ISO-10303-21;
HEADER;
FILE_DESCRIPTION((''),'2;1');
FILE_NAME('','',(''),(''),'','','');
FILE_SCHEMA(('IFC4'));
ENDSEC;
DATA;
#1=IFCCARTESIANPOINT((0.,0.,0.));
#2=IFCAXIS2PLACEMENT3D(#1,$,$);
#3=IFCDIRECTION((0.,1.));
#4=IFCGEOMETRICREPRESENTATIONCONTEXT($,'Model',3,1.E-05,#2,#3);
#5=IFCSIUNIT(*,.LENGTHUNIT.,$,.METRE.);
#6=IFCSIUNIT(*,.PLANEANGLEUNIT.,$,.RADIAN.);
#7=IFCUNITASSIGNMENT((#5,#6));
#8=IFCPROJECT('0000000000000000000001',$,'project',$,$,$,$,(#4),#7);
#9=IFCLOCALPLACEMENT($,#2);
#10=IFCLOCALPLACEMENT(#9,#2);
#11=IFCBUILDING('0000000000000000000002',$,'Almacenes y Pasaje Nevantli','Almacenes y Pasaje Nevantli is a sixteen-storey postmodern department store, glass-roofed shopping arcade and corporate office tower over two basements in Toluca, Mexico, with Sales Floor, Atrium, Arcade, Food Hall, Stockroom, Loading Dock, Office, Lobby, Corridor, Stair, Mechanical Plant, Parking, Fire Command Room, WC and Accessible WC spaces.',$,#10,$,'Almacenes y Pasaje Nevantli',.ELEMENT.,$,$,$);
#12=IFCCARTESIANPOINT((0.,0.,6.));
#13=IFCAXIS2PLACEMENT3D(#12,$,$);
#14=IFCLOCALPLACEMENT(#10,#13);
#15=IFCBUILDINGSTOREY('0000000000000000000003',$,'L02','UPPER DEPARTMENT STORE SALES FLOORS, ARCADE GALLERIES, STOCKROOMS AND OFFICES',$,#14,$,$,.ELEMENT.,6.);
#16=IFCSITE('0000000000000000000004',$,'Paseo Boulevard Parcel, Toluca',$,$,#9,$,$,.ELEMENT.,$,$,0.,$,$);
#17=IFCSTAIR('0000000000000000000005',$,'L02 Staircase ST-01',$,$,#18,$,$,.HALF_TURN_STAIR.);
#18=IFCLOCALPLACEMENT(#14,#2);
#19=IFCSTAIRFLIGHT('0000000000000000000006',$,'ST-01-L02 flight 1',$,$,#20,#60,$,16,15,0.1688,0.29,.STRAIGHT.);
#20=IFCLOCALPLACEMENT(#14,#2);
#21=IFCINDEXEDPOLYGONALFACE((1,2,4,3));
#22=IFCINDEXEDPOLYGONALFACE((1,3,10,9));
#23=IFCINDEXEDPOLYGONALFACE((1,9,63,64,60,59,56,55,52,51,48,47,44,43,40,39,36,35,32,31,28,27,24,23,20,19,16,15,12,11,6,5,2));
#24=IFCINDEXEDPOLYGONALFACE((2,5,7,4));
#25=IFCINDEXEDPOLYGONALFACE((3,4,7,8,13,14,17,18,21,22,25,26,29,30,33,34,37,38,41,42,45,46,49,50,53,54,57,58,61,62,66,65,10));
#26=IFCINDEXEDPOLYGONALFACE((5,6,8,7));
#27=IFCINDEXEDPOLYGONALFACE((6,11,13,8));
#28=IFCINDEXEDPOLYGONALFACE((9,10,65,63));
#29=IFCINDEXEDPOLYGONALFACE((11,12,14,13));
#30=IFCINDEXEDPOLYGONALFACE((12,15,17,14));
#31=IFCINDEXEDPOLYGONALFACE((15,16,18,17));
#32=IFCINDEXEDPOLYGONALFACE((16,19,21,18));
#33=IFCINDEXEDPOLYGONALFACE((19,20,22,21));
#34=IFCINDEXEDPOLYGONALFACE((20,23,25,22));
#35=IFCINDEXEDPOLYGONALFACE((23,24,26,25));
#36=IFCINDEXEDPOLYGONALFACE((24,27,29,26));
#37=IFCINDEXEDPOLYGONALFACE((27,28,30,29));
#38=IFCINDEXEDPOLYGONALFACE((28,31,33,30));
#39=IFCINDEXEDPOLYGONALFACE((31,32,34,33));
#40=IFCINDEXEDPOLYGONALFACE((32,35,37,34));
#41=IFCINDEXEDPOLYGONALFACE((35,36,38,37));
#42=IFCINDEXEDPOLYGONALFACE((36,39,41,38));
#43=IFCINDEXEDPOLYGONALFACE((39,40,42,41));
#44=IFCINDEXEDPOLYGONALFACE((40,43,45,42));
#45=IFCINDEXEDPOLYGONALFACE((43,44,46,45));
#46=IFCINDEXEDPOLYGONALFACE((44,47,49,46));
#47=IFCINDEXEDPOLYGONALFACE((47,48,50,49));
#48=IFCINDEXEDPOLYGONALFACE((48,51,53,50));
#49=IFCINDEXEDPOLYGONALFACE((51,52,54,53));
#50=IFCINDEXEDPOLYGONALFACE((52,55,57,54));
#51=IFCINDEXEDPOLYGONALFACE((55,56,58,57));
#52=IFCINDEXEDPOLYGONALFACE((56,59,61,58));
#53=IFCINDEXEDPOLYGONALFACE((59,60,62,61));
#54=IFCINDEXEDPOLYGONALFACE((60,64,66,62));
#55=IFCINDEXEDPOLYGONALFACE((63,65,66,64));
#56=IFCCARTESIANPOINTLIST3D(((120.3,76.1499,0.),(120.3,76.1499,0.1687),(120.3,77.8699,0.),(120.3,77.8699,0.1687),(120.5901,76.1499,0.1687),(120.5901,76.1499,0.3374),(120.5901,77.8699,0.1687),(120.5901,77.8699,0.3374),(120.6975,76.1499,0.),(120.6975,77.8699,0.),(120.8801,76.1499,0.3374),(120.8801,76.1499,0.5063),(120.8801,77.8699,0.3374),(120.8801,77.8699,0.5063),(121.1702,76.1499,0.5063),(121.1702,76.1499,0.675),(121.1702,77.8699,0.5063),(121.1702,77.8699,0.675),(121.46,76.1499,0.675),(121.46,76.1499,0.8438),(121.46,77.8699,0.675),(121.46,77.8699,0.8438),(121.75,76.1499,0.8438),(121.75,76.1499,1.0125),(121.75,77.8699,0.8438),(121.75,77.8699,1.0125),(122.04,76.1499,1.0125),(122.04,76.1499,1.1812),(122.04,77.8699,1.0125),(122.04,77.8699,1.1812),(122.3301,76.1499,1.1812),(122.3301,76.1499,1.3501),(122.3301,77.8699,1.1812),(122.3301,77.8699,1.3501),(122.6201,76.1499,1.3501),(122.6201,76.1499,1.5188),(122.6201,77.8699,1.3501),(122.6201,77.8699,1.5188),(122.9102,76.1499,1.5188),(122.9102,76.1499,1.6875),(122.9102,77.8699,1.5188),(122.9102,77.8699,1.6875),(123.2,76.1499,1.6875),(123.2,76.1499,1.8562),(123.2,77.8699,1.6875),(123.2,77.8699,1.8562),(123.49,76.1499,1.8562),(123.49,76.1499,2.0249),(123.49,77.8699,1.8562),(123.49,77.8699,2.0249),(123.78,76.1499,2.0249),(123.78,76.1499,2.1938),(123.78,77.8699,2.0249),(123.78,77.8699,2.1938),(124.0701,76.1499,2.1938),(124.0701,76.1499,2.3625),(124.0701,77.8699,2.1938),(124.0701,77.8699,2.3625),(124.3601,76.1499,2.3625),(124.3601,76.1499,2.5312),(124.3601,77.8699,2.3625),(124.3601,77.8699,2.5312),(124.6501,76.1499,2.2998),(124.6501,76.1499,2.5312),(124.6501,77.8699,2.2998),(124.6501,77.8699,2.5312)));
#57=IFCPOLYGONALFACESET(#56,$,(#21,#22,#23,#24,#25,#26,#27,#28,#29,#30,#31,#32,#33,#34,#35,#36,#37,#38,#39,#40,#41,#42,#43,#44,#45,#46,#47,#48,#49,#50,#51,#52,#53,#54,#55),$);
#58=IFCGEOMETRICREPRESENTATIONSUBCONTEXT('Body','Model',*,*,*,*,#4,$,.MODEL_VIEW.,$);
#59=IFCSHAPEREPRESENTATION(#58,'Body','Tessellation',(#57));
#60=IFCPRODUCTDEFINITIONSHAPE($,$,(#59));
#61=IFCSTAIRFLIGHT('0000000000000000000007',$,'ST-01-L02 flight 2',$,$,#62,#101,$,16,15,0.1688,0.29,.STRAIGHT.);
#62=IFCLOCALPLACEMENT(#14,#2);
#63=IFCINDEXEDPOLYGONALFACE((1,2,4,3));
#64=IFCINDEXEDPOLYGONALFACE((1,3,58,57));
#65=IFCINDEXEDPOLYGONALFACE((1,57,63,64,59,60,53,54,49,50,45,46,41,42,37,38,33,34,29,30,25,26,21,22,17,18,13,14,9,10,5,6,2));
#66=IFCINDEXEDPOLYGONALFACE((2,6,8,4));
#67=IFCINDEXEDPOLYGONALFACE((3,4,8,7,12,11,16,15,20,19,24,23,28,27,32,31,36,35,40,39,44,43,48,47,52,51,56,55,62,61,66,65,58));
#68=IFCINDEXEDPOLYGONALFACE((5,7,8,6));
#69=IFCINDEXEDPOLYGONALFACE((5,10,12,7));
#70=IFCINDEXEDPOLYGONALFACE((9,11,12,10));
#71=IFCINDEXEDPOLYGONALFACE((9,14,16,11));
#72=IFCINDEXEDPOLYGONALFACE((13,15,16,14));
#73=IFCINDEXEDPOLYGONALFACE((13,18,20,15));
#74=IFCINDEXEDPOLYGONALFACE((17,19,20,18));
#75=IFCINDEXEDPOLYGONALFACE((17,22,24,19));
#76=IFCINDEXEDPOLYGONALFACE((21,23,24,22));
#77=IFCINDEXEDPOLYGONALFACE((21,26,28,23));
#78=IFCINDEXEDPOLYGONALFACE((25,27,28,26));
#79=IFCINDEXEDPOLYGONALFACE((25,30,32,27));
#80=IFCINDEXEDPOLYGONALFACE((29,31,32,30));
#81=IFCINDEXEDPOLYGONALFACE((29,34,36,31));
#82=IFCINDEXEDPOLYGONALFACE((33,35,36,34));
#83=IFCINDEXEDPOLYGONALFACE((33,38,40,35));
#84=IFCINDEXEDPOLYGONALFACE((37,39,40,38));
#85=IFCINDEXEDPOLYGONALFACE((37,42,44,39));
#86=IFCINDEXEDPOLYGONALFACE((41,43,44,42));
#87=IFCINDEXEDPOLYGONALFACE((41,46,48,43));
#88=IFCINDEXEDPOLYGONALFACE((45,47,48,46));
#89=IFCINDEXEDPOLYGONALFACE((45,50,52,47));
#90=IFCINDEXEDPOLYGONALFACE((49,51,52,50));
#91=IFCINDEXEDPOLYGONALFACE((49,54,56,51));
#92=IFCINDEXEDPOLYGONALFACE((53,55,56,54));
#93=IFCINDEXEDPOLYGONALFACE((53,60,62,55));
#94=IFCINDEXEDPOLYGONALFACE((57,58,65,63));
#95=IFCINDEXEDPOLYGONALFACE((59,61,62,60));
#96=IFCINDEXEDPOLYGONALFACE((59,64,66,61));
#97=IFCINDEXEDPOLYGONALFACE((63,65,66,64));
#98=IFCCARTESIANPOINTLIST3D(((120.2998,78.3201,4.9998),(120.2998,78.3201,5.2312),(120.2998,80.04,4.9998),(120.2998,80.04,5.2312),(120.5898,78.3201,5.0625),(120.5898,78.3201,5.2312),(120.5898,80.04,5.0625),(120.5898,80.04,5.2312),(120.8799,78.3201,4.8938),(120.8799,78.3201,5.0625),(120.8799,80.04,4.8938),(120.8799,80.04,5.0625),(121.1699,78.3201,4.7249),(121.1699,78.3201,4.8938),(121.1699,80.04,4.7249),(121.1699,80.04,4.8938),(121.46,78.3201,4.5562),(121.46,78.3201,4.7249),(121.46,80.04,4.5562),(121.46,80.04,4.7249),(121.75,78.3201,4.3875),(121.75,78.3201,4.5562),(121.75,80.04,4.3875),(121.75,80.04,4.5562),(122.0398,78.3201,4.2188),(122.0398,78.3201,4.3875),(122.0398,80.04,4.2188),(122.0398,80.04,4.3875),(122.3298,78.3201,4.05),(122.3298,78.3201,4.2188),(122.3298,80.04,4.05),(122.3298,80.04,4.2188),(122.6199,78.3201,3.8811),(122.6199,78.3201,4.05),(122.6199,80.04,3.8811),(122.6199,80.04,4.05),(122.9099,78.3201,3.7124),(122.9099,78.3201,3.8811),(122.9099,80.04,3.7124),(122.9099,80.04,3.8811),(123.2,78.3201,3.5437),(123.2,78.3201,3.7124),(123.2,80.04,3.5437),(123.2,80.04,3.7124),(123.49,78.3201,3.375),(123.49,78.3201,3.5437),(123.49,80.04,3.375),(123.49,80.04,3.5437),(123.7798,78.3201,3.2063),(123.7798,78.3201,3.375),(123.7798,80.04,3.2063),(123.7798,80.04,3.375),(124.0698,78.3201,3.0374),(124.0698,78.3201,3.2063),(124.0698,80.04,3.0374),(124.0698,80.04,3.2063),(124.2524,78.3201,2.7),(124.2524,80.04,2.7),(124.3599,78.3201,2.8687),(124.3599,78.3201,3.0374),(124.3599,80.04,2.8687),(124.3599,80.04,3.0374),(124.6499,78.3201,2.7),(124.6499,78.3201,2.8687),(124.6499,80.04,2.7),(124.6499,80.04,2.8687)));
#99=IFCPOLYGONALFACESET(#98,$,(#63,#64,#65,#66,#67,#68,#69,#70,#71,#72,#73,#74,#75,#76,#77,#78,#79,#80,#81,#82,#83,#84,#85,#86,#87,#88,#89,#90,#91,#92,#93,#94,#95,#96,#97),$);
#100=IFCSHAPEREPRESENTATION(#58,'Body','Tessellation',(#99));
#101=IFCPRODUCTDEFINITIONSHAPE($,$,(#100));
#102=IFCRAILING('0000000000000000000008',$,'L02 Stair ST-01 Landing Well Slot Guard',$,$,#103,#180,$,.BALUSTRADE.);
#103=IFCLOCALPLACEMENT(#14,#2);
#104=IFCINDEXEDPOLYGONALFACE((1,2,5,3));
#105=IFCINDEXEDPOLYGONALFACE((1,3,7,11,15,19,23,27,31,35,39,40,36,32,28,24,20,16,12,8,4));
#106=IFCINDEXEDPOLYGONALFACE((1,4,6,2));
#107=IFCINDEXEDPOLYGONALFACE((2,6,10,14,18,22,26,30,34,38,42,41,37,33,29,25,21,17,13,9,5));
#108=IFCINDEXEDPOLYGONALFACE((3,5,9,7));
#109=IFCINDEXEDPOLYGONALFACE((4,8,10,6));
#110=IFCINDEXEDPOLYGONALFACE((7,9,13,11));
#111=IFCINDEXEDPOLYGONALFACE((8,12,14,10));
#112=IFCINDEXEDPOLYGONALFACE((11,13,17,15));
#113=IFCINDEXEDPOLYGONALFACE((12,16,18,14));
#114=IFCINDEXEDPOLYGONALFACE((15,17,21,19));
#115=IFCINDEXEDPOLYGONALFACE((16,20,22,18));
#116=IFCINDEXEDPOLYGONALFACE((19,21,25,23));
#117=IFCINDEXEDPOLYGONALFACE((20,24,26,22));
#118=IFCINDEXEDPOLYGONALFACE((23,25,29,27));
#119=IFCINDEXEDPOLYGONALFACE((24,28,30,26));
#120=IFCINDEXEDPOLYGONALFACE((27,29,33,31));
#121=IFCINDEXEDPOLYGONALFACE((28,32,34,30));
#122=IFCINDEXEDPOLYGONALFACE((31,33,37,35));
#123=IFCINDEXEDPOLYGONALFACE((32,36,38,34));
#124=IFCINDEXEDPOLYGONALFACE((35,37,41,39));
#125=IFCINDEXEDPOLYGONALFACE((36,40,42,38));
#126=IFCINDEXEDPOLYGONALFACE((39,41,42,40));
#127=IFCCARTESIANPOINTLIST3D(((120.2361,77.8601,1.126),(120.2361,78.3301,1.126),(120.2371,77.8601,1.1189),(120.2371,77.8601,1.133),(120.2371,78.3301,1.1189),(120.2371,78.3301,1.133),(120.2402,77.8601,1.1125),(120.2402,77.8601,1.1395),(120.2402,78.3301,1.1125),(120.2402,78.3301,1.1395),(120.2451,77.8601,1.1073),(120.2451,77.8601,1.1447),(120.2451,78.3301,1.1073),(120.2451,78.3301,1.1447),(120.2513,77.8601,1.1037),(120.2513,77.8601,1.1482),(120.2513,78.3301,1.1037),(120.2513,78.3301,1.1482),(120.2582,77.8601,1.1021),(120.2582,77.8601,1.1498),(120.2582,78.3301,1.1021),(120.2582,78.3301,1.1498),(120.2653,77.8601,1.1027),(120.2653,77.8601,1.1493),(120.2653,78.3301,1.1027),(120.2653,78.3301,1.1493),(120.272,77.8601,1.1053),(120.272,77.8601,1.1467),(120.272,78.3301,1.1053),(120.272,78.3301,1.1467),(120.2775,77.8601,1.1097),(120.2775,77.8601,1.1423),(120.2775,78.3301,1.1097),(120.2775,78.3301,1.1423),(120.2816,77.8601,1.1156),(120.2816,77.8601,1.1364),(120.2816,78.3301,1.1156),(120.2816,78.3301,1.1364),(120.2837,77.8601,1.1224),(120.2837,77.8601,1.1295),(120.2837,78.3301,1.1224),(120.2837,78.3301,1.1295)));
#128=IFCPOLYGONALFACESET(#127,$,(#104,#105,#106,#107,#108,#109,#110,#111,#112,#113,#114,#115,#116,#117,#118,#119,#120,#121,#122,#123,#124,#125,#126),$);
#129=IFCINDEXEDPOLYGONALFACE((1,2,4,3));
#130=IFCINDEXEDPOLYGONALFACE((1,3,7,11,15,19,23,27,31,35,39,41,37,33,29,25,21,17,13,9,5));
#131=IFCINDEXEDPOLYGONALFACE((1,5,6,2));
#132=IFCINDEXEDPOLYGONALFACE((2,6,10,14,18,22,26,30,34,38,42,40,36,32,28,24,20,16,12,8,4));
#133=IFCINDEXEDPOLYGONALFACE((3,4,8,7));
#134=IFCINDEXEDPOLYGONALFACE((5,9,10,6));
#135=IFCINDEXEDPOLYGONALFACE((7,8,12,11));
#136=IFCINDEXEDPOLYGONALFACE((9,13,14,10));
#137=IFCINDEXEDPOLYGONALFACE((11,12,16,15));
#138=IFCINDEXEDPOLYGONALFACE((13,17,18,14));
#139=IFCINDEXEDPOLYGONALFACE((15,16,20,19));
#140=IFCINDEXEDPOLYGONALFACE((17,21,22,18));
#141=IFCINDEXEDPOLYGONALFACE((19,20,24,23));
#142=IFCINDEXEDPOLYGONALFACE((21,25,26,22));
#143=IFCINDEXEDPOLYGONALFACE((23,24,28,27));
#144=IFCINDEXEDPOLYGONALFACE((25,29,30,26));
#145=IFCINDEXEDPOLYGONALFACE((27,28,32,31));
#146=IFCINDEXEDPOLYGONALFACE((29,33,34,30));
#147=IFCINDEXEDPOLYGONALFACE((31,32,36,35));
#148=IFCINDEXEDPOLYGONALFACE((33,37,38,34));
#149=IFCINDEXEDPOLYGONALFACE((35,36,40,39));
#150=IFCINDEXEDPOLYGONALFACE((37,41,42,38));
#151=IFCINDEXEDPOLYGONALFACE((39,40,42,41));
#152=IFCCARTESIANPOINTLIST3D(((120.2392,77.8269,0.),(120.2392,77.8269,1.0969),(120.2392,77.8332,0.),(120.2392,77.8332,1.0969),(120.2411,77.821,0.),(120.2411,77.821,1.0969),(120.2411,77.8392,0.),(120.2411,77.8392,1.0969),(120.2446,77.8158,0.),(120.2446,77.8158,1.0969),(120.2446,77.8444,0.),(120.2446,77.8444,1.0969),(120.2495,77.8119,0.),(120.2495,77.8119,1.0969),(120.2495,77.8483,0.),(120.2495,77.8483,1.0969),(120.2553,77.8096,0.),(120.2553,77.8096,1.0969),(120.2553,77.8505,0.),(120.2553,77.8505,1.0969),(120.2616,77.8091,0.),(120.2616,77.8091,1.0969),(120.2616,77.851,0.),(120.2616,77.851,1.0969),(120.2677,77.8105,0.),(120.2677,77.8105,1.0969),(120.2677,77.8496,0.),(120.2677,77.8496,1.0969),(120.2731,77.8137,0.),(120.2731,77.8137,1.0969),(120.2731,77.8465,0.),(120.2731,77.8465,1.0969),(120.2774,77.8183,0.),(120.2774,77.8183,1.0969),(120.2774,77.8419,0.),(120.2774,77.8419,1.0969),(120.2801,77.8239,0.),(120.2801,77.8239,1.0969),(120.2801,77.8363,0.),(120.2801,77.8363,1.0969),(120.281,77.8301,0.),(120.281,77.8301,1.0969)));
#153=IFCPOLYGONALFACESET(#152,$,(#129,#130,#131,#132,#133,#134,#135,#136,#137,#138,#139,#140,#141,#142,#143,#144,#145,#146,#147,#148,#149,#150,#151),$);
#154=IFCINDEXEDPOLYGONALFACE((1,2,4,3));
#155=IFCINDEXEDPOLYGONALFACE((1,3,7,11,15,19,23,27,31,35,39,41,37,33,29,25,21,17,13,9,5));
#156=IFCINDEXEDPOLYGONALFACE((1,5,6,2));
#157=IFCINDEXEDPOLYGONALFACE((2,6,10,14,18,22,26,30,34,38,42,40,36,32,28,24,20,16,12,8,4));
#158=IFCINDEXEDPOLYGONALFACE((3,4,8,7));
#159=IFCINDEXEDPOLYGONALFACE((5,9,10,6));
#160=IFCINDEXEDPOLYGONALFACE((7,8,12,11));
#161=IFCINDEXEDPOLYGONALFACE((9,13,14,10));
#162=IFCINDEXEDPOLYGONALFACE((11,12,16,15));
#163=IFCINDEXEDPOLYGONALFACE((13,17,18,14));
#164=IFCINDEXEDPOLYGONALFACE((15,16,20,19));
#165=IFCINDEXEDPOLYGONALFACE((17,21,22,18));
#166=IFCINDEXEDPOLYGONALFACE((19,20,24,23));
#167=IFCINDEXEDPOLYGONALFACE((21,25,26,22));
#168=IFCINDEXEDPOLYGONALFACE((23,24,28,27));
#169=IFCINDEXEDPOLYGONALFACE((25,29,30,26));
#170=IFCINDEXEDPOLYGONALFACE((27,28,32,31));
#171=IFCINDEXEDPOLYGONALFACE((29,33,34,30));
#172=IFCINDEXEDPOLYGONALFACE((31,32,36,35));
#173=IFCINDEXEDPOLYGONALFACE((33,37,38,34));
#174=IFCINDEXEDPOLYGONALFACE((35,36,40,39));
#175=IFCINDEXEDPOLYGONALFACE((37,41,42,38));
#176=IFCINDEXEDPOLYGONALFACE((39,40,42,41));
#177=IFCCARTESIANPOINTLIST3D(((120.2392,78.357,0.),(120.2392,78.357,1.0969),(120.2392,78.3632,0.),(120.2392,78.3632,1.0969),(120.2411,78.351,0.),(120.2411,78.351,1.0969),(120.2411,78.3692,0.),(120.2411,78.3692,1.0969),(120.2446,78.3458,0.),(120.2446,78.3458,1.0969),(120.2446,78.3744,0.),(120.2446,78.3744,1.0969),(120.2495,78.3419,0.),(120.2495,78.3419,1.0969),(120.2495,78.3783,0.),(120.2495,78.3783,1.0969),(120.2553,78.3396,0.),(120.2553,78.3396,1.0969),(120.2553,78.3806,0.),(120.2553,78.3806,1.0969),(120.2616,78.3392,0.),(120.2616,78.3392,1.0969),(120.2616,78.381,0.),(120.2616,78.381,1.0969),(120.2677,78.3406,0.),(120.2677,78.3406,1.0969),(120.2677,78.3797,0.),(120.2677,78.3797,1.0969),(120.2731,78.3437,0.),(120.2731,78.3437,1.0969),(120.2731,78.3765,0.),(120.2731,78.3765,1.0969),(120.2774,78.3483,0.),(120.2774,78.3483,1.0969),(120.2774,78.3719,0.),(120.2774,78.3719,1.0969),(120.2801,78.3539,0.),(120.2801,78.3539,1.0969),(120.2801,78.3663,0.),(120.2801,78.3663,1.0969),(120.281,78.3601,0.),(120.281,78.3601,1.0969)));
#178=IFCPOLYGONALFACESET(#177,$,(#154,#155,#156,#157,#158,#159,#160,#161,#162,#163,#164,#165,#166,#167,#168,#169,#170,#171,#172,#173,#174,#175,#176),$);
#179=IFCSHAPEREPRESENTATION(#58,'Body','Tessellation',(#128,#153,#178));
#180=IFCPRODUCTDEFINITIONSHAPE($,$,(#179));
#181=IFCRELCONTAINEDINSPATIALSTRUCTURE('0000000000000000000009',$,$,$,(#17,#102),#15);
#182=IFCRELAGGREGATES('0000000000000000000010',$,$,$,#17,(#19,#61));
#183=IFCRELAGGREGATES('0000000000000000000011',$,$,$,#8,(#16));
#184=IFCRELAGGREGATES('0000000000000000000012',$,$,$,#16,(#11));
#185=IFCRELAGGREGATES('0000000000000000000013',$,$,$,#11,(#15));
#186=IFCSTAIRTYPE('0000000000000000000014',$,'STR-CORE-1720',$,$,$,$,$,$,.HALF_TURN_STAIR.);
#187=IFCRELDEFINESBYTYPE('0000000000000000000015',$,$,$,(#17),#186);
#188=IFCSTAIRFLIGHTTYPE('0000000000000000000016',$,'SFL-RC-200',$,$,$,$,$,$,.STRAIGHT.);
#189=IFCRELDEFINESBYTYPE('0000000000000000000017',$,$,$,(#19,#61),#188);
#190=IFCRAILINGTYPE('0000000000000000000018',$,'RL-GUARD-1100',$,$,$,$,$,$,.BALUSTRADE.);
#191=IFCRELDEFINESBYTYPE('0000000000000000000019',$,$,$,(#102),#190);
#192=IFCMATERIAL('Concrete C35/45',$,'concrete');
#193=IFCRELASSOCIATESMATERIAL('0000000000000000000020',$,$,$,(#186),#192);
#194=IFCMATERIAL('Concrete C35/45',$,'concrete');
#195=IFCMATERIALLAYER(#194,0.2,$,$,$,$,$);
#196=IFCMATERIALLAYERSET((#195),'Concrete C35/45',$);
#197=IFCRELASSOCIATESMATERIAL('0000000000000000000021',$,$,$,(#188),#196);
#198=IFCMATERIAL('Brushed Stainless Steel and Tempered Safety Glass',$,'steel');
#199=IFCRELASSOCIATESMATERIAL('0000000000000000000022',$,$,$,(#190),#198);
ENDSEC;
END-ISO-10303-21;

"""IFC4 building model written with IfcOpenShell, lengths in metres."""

from ifc_helpers import new_model, si_unit, direction, frame, origin, origin_2d, place, context, subcontext, project, spatial, polyline, circle, outline, extrude, material, layer, layer_set, type_object, element, aggregate, save


model = new_model("IFC4")

# Units and contexts
model_context = context("Model", 3, precision=1e-05, world=origin(), true_north=direction((0.0, 1.0)))
body_context = subcontext(model_context, "Body", "Model", "MODEL_VIEW")
ifc_project = project(units=[si_unit("LENGTHUNIT", "METRE"), si_unit("PLANEANGLEUNIT", "RADIAN")], contexts=[model_context])

# Site, building, storey
site_placement = place(None, origin())
site = spatial("IfcSite", under=ifc_project, at=site_placement, Name="Paseo Boulevard Parcel, Toluca", CompositionType="ELEMENT", RefElevation=0.0)
building_placement = place(site_placement, origin())
building = spatial("IfcBuilding", under=site, at=building_placement, Name="Almacenes y Pasaje Nevantli", Description="Almacenes y Pasaje Nevantli is a sixteen-storey postmodern department store, glass-roofed shopping arcade and corporate office tower over two basements in Toluca, Mexico, with Sales Floor, Atrium, Arcade, Food Hall, Stockroom, Loading Dock, Office, Lobby, Corridor, Stair, Mechanical Plant, Parking, Fire Command Room, WC and Accessible WC spaces.", LongName="Almacenes y Pasaje Nevantli", CompositionType="ELEMENT")
storey_placement = place(building_placement, frame((0.0, 0.0, 6.0)))
storey = spatial("IfcBuildingStorey", under=building, at=storey_placement, Name="L02", Description="UPPER DEPARTMENT STORE SALES FLOORS, ARCADE GALLERIES, STOCKROOMS AND OFFICES", CompositionType="ELEMENT", Elevation=6.0)

# Stair, stair flights
ifc_material_1 = material(Name="Concrete C35/45", Category="concrete")
stair_type = type_object("IfcStairType", Name="STR-CORE-1720", PredefinedType="HALF_TURN_STAIR", material=ifc_material_1)
stair_placement = place(storey_placement, origin())
stair = element("IfcStair", 1, at=stair_placement, inside=storey, type_object=stair_type, Name="L02 Staircase ST-01", PredefinedType="HALF_TURN_STAIR")
ifc_material_2 = material(Name="Concrete C35/45", Category="concrete")
ifc_layer_1 = layer(ifc_material_2, 0.2)
ifc_layer_set_1 = layer_set([ifc_layer_1], Name="Concrete C35/45")
stair_flight_type = type_object("IfcStairFlightType", Name="SFL-RC-200", PredefinedType="STRAIGHT", material=ifc_layer_set_1)
stair_flight_1_placement = place(storey_placement, frame((120.3, 77.01, 0.0), z_axis=(0.0, 0.0, 1.0), x_axis=(1.0, 0.0, 0.0)))
stair_flight_1 = element("IfcStairFlight", 2, at=stair_flight_1_placement, type_object=stair_flight_type, Name="ST-01-L02 flight 1", NumberOfRisers=16, NumberOfTreads=15, PredefinedType="STRAIGHT", RiserHeight=0.1688, TreadLength=0.29, context=body_context, shape_type="SweptSolid", body=[
    extrude(outline(polyline([(0.0, 0.0), (0.0, 0.1687), (0.29, 0.1687), (0.29, 0.3374), (0.5801, 0.3374), (0.5801, 0.5063), (0.8701, 0.5063), (0.8701, 0.675), (1.1599, 0.675), (1.1599, 0.8438), (1.45, 0.8438), (1.45, 1.0125), (1.74, 1.0125), (1.74, 1.1812), (2.03, 1.1812), (2.03, 1.3501), (2.3201, 1.3501), (2.3201, 1.5188), (2.6101, 1.5188), (2.6101, 1.6875), (2.8999, 1.6875), (2.8999, 1.8562), (3.1899, 1.8562), (3.1899, 2.0249), (3.48, 2.0249), (3.48, 2.1938), (3.77, 2.1938), (3.77, 2.3625), (4.0601, 2.3625), (4.0601, 2.5312), (4.3501, 2.5312), (4.3501, 2.7), (4.3501, 2.2998), (0.3975, 0.0), (0.0, 0.0)])), frame((0.0, 0.8599, 0.0), z_axis=(0.0, -1.0, 0.0), x_axis=(1.0, 0.0, 0.0)), (0.0, 0.0, 1.0), 1.72),
])
stair_flight_2_placement = place(storey_placement, frame((124.6499, 79.1799, 2.7), z_axis=(0.0, 0.0, 1.0), x_axis=(-1.0, 0.0, 0.0)))
stair_flight_2 = element("IfcStairFlight", 3, at=stair_flight_2_placement, type_object=stair_flight_type, Name="ST-01-L02 flight 2", NumberOfRisers=16, NumberOfTreads=15, PredefinedType="STRAIGHT", RiserHeight=0.1688, TreadLength=0.29, context=body_context, shape_type="SweptSolid", body=[
    extrude(outline(polyline([(0.0, 0.0), (0.0, 0.1687), (0.29, 0.1687), (0.29, 0.3374), (0.5801, 0.3374), (0.5801, 0.5063), (0.8701, 0.5063), (0.8701, 0.675), (1.1599, 0.675), (1.1599, 0.8438), (1.45, 0.8438), (1.45, 1.0125), (1.74, 1.0125), (1.74, 1.1812), (2.03, 1.1812), (2.03, 1.3501), (2.3201, 1.3501), (2.3201, 1.5188), (2.6101, 1.5188), (2.6101, 1.6875), (2.8999, 1.6875), (2.8999, 1.8562), (3.1899, 1.8562), (3.1899, 2.0249), (3.48, 2.0249), (3.48, 2.1938), (3.77, 2.1938), (3.77, 2.3625), (4.0601, 2.3625), (4.0601, 2.5312), (4.3501, 2.5312), (4.3501, 2.7), (4.3501, 2.2998), (0.3975, 0.0), (0.0, 0.0)])), frame((0.0, 0.8599, 0.0), z_axis=(0.0, -1.0, 0.0), x_axis=(1.0, 0.0, 0.0)), (0.0, 0.0, 1.0), 1.72),
])
aggregate(stair, [stair_flight_1, stair_flight_2])

# Railing
ifc_material_3 = material(Name="Brushed Stainless Steel and Tempered Safety Glass", Category="steel")
railing_type_1 = type_object("IfcRailingType", Name="RL-GUARD-1100", PredefinedType="BALUSTRADE", material=ifc_material_3)
railing_1_placement = place(storey_placement, frame((120.26, 77.8301, 0.0)))
element("IfcRailing", 4, at=railing_1_placement, inside=storey, type_object=railing_type_1, Name="L02 Stair ST-01 Landing Well Slot Guard", PredefinedType="BALUSTRADE", context=body_context, shape_type="SweptSolid", body=[
    extrude(circle(Radius=0.0239, at=origin_2d()), frame((0.0, 0.03, 1.126), z_axis=(0.0, 1.0, 0.0), x_axis=(-1.0, 0.0, 0.0)), (0.0, 0.0, 1.0), 0.47),
    extrude(circle(Radius=0.021, at=origin_2d()), origin(), (0.0, 0.0, 1.0), 1.0969),
    extrude(circle(Radius=0.021, at=origin_2d()), frame((0.0, 0.53, 0.0)), (0.0, 0.0, 1.0), 1.0969),
])

save(model, "model.ifc")
